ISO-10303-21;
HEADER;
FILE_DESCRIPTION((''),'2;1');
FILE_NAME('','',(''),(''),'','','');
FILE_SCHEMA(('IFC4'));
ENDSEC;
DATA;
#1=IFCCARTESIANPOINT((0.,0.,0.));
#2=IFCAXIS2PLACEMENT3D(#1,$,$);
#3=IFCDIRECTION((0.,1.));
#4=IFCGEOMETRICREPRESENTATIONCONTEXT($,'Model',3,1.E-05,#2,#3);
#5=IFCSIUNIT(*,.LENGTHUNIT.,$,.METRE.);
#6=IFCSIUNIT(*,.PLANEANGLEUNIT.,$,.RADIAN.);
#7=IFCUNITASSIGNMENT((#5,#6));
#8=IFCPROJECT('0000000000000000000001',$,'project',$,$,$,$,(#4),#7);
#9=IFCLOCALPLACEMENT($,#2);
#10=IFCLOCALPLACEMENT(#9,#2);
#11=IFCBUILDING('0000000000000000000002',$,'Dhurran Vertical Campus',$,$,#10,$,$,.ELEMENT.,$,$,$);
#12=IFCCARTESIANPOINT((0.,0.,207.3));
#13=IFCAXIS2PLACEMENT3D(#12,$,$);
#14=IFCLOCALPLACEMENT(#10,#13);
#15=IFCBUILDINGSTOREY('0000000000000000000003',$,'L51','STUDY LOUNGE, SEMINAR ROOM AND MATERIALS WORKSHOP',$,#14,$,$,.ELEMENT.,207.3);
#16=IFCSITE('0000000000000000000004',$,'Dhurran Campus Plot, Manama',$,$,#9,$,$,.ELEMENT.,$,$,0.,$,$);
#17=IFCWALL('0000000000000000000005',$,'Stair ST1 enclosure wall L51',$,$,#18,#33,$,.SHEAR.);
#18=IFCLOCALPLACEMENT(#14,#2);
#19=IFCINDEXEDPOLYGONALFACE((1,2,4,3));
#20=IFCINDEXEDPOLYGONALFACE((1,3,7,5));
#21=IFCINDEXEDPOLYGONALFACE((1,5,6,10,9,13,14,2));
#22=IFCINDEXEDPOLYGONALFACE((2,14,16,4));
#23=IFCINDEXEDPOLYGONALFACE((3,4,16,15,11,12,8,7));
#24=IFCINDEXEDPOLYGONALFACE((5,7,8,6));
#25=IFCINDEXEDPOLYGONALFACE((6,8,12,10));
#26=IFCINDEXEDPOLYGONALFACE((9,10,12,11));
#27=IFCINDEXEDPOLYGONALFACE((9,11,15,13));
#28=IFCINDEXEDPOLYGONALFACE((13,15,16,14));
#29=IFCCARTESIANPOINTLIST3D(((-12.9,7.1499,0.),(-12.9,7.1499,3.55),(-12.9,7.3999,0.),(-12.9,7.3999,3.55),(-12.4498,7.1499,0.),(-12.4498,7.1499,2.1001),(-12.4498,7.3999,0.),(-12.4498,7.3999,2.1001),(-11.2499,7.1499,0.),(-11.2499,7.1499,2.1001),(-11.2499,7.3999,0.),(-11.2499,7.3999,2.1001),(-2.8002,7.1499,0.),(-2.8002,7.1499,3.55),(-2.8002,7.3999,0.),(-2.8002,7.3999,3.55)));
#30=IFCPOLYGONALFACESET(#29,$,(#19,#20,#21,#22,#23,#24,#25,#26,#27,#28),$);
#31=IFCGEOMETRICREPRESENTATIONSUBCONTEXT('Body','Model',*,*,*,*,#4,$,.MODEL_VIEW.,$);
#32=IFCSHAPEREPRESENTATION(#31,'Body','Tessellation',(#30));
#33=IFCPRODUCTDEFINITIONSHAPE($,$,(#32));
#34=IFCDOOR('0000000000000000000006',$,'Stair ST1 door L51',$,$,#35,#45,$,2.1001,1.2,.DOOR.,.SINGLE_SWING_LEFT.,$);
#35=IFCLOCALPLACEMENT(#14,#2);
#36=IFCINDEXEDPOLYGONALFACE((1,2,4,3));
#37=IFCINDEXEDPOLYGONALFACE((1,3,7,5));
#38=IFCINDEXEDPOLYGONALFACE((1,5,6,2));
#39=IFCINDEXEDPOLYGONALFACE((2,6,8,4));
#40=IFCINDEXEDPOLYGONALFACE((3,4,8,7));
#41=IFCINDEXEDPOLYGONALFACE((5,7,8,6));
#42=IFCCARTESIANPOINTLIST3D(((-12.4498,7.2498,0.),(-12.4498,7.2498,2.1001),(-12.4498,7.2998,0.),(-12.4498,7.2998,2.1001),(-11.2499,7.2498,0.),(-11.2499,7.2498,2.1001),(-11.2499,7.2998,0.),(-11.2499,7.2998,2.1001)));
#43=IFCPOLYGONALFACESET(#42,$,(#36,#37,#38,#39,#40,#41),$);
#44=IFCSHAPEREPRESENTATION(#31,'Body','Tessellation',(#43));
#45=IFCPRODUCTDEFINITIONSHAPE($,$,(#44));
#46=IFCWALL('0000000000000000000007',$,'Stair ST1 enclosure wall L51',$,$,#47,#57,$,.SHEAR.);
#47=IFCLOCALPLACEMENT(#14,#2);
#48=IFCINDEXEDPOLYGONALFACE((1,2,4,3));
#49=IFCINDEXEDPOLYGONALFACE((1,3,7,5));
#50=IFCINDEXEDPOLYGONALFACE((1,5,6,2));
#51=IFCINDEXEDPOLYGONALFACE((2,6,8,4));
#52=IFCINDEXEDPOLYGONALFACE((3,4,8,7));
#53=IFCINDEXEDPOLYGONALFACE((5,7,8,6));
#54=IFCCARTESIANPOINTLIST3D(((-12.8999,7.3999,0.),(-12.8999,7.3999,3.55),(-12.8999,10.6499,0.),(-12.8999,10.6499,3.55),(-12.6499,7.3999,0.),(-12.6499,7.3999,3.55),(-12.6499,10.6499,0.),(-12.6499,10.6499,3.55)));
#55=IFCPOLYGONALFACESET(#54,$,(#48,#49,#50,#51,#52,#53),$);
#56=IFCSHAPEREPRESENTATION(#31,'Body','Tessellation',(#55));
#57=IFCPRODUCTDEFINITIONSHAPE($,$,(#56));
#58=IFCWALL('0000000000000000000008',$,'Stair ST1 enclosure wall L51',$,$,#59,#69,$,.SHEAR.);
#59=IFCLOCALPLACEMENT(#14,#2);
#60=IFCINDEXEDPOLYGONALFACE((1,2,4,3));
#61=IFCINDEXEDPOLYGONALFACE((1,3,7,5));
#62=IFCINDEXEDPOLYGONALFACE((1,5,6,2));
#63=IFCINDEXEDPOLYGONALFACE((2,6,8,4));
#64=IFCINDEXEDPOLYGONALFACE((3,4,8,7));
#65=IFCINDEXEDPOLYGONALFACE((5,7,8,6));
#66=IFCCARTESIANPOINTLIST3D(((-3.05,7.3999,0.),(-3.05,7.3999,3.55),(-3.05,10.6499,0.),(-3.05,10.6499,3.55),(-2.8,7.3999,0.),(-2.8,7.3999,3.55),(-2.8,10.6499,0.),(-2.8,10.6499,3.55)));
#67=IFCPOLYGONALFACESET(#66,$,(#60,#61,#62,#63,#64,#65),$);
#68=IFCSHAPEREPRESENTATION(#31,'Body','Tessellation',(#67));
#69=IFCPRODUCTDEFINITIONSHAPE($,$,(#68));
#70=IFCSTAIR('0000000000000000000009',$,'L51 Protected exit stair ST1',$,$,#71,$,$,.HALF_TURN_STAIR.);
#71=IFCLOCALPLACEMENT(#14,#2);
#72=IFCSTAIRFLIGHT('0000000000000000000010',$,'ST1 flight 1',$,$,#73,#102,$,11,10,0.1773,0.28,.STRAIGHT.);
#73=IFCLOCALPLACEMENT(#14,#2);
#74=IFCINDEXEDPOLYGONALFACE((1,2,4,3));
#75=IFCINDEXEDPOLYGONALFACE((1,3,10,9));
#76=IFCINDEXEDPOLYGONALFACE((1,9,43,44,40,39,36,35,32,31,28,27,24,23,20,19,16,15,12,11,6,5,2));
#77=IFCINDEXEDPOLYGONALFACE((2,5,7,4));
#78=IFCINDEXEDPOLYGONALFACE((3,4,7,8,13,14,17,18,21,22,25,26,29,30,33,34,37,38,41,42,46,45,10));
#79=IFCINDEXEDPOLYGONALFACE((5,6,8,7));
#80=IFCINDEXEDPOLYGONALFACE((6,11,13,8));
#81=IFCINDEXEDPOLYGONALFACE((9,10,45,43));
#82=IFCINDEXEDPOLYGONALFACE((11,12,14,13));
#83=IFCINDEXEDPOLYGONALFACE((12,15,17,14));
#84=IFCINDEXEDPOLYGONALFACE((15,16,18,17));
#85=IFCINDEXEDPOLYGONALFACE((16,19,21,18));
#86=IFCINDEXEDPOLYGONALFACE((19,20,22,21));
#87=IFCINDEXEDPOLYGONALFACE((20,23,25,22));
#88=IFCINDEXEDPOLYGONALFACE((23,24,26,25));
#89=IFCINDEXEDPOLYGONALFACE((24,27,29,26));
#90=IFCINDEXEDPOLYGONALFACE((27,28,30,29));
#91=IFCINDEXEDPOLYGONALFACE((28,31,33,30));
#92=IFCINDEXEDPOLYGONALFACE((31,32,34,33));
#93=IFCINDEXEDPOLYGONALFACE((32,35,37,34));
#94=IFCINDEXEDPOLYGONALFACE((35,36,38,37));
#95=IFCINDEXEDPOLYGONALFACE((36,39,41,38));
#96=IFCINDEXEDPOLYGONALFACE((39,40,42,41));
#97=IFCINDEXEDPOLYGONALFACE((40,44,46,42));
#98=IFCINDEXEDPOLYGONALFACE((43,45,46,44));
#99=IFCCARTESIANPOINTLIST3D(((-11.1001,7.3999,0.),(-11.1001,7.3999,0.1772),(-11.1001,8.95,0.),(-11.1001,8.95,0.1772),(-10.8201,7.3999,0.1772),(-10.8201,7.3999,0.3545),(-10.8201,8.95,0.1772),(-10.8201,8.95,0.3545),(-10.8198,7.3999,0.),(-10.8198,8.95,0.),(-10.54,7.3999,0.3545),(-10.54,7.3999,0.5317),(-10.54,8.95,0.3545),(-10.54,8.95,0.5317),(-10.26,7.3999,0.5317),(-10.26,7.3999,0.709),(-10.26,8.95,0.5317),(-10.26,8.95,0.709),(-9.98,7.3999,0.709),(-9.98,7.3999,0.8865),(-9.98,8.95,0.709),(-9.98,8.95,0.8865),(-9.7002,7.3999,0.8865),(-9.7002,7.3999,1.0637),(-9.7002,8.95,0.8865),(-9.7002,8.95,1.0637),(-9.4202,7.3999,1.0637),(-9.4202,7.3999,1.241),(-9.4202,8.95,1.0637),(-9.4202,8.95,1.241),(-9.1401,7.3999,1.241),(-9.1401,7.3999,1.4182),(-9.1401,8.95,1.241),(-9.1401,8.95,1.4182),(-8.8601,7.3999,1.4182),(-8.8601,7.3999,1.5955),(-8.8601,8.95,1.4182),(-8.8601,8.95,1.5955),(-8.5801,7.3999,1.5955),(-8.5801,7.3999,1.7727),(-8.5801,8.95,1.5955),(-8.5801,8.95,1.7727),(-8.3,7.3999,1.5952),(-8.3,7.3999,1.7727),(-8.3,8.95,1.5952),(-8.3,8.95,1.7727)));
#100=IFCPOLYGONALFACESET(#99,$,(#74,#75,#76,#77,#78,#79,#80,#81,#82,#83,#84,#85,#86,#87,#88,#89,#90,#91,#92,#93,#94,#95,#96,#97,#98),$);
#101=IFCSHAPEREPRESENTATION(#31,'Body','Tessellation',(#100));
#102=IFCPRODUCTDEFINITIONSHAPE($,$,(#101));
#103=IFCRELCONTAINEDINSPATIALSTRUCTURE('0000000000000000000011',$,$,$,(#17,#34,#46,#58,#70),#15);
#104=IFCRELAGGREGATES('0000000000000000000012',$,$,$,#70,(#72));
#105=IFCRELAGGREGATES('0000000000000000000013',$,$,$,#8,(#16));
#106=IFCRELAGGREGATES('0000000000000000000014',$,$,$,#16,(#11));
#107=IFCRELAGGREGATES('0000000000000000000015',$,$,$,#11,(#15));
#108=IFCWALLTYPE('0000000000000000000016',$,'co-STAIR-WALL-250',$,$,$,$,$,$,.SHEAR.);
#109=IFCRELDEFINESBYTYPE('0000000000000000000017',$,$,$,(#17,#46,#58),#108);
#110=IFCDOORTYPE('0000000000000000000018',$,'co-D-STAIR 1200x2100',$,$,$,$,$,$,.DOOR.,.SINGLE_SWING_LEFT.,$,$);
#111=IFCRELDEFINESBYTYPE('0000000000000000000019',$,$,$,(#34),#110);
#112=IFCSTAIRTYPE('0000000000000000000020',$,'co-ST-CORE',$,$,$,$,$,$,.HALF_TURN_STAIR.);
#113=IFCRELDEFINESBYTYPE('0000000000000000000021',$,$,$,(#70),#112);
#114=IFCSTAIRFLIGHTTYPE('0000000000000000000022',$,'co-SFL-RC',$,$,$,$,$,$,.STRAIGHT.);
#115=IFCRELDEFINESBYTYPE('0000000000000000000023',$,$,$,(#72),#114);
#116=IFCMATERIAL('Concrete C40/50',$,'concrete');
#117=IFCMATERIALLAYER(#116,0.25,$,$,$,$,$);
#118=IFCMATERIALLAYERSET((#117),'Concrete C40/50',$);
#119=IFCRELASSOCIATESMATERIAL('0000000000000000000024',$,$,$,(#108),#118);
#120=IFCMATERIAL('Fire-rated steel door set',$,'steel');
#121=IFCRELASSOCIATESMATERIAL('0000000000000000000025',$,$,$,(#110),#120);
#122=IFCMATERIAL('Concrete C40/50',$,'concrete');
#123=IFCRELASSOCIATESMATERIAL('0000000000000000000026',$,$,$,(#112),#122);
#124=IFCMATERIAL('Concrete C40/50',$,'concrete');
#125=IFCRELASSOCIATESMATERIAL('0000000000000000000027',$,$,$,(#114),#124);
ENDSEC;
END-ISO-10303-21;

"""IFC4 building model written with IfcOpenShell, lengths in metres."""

from ifc_helpers import new_model, si_unit, direction, frame, frame_2d, origin, place, context, subcontext, project, spatial, polyline, rectangle, outline, extrude, material, layer, layer_set, type_object, element, fill, aggregate, save


model = new_model("IFC4")

# Units and contexts
model_context = context("Model", 3, precision=1e-05, world=origin(), true_north=direction((0.0, 1.0)))
body_context = subcontext(model_context, "Body", "Model", "MODEL_VIEW")
ifc_project = project(units=[si_unit("LENGTHUNIT", "METRE"), si_unit("PLANEANGLEUNIT", "RADIAN")], contexts=[model_context])

# Site, building, storey
site_placement = place(None, origin())
site = spatial("IfcSite", under=ifc_project, at=site_placement, Name="Dhurran Campus Plot, Manama", CompositionType="ELEMENT", RefElevation=0.0)
building_placement = place(site_placement, origin())
building = spatial("IfcBuilding", under=site, at=building_placement, Name="Dhurran Vertical Campus", CompositionType="ELEMENT")
storey_placement = place(building_placement, frame((0.0, 0.0, 207.3)))
storey = spatial("IfcBuildingStorey", under=building, at=storey_placement, Name="L51", Description="STUDY LOUNGE, SEMINAR ROOM AND MATERIALS WORKSHOP", CompositionType="ELEMENT", Elevation=207.3)

# Wall, opening, door
ifc_material_1 = material(Name="Concrete C40/50", Category="concrete")
ifc_layer_1 = layer(ifc_material_1, 0.25)
ifc_layer_set_1 = layer_set([ifc_layer_1], Name="Concrete C40/50")
wall_type_1 = type_object("IfcWallType", Name="co-STAIR-WALL-250", PredefinedType="SHEAR", material=ifc_layer_set_1)
wall_1_placement = place(storey_placement, frame((-12.8999, 7.2749, 0.0), z_axis=(0.0, 0.0, 1.0), x_axis=(1.0, 0.0, 0.0)))
wall_1 = element("IfcWall", 1, at=wall_1_placement, inside=storey, type_object=wall_type_1, Name="Stair ST1 enclosure wall L51", PredefinedType="SHEAR", context=body_context, shape_type="SweptSolid", body=[
    extrude(rectangle(XDim=10.0999, YDim=0.25, at=frame_2d((5.0498, 0.0))), origin(), (0.0, 0.0, 1.0), 3.55),
])
opening_1_placement = place(wall_1_placement, frame((0.45, 0.0, 0.0)))
opening_1 = element("IfcOpeningElement", 2, at=opening_1_placement, cuts=wall_1, PredefinedType="OPENING", context=body_context, shape_type="SweptSolid", body=[
    extrude(rectangle(XDim=1.2, YDim=2.1001, at=frame_2d((0.6001, 1.05))), frame((0.0, 0.135, 0.0), z_axis=(0.0, -1.0, 0.0), x_axis=(1.0, 0.0, 0.0)), (0.0, 0.0, 1.0), 0.27),
])
ifc_material_2 = material(Name="Fire-rated steel door set", Category="steel")
door_type_1 = type_object("IfcDoorType", Name="co-D-STAIR 1200x2100", OperationType="SINGLE_SWING_LEFT", PredefinedType="DOOR", material=ifc_material_2)
door_1_placement = place(opening_1_placement, origin())
door_1 = element("IfcDoor", 3, at=door_1_placement, inside=storey, type_object=door_type_1, Name="Stair ST1 door L51", OperationType="SINGLE_SWING_LEFT", OverallHeight=2.1001, OverallWidth=1.2, PredefinedType="DOOR", context=body_context, shape_type="SweptSolid", body=[
    extrude(rectangle(XDim=1.2, YDim=2.1001, at=frame_2d((0.6001, 1.05))), frame((0.0, 0.0249, 0.0), z_axis=(0.0, -1.0, 0.0), x_axis=(1.0, 0.0, 0.0)), (0.0, 0.0, 1.0), 0.05),
])
fill(opening_1, door_1)

# Walls
for number, where, z_axis, x_axis, name in (
    (4, (-12.7749, 7.3999, 0.0), (0.0, 0.0, 1.0), (0.0, 1.0, 0.0), "Stair ST1 enclosure wall L51"),
    (5, (-2.925, 7.3999, 0.0), (0.0, 0.0, 1.0), (0.0, 1.0, 0.0), "Stair ST1 enclosure wall L51"),
):
    element("IfcWall", number, at=place(storey_placement, frame(where, z_axis=z_axis, x_axis=x_axis)), inside=storey, type_object=wall_type_1, Name=name, PredefinedType="SHEAR", context=body_context, shape_type="SweptSolid", body=[
        extrude(rectangle(XDim=3.25, YDim=0.25, at=frame_2d((1.625, 0.0))), origin(), (0.0, 0.0, 1.0), 3.55),
    ])

# Stair, stair flight
ifc_material_3 = material(Name="Concrete C40/50", Category="concrete")
stair_type = type_object("IfcStairType", Name="co-ST-CORE", PredefinedType="HALF_TURN_STAIR", material=ifc_material_3)
stair_placement = place(storey_placement, origin())
stair = element("IfcStair", 6, at=stair_placement, inside=storey, type_object=stair_type, Name="L51 Protected exit stair ST1", PredefinedType="HALF_TURN_STAIR")
ifc_material_4 = material(Name="Concrete C40/50", Category="concrete")
stair_flight_type = type_object("IfcStairFlightType", Name="co-SFL-RC", PredefinedType="STRAIGHT", material=ifc_material_4)
stair_flight_placement = place(storey_placement, frame((-11.1001, 8.175, 0.0), z_axis=(0.0, 0.0, 1.0), x_axis=(1.0, 0.0, 0.0)))
stair_flight = element("IfcStairFlight", 7, at=stair_flight_placement, type_object=stair_flight_type, Name="ST1 flight 1", NumberOfRisers=11, NumberOfTreads=10, PredefinedType="STRAIGHT", RiserHeight=0.1773, TreadLength=0.28, context=body_context, shape_type="SweptSolid", body=[
    extrude(outline(polyline([(0.0, 0.0), (0.0, 0.1772), (0.28, 0.1772), (0.28, 0.3545), (0.5601, 0.3545), (0.5601, 0.5317), (0.8401, 0.5317), (0.8401, 0.709), (1.1201, 0.709), (1.1201, 0.8865), (1.3999, 0.8865), (1.3999, 1.0637), (1.6799, 1.0637), (1.6799, 1.241), (1.96, 1.241), (1.96, 1.4182), (2.24, 1.4182), (2.24, 1.5955), (2.52, 1.5955), (2.52, 1.7727), (2.8, 1.7727), (2.8, 1.95), (2.8, 1.5952), (0.2803, 0.0), (0.0, 0.0)])), frame((0.0, 0.7749, 0.0), z_axis=(0.0, -1.0, 0.0), x_axis=(1.0, 0.0, 0.0)), (0.0, 0.0, 1.0), 1.55),
])
aggregate(stair, [stair_flight])

save(model, "model.ifc")
